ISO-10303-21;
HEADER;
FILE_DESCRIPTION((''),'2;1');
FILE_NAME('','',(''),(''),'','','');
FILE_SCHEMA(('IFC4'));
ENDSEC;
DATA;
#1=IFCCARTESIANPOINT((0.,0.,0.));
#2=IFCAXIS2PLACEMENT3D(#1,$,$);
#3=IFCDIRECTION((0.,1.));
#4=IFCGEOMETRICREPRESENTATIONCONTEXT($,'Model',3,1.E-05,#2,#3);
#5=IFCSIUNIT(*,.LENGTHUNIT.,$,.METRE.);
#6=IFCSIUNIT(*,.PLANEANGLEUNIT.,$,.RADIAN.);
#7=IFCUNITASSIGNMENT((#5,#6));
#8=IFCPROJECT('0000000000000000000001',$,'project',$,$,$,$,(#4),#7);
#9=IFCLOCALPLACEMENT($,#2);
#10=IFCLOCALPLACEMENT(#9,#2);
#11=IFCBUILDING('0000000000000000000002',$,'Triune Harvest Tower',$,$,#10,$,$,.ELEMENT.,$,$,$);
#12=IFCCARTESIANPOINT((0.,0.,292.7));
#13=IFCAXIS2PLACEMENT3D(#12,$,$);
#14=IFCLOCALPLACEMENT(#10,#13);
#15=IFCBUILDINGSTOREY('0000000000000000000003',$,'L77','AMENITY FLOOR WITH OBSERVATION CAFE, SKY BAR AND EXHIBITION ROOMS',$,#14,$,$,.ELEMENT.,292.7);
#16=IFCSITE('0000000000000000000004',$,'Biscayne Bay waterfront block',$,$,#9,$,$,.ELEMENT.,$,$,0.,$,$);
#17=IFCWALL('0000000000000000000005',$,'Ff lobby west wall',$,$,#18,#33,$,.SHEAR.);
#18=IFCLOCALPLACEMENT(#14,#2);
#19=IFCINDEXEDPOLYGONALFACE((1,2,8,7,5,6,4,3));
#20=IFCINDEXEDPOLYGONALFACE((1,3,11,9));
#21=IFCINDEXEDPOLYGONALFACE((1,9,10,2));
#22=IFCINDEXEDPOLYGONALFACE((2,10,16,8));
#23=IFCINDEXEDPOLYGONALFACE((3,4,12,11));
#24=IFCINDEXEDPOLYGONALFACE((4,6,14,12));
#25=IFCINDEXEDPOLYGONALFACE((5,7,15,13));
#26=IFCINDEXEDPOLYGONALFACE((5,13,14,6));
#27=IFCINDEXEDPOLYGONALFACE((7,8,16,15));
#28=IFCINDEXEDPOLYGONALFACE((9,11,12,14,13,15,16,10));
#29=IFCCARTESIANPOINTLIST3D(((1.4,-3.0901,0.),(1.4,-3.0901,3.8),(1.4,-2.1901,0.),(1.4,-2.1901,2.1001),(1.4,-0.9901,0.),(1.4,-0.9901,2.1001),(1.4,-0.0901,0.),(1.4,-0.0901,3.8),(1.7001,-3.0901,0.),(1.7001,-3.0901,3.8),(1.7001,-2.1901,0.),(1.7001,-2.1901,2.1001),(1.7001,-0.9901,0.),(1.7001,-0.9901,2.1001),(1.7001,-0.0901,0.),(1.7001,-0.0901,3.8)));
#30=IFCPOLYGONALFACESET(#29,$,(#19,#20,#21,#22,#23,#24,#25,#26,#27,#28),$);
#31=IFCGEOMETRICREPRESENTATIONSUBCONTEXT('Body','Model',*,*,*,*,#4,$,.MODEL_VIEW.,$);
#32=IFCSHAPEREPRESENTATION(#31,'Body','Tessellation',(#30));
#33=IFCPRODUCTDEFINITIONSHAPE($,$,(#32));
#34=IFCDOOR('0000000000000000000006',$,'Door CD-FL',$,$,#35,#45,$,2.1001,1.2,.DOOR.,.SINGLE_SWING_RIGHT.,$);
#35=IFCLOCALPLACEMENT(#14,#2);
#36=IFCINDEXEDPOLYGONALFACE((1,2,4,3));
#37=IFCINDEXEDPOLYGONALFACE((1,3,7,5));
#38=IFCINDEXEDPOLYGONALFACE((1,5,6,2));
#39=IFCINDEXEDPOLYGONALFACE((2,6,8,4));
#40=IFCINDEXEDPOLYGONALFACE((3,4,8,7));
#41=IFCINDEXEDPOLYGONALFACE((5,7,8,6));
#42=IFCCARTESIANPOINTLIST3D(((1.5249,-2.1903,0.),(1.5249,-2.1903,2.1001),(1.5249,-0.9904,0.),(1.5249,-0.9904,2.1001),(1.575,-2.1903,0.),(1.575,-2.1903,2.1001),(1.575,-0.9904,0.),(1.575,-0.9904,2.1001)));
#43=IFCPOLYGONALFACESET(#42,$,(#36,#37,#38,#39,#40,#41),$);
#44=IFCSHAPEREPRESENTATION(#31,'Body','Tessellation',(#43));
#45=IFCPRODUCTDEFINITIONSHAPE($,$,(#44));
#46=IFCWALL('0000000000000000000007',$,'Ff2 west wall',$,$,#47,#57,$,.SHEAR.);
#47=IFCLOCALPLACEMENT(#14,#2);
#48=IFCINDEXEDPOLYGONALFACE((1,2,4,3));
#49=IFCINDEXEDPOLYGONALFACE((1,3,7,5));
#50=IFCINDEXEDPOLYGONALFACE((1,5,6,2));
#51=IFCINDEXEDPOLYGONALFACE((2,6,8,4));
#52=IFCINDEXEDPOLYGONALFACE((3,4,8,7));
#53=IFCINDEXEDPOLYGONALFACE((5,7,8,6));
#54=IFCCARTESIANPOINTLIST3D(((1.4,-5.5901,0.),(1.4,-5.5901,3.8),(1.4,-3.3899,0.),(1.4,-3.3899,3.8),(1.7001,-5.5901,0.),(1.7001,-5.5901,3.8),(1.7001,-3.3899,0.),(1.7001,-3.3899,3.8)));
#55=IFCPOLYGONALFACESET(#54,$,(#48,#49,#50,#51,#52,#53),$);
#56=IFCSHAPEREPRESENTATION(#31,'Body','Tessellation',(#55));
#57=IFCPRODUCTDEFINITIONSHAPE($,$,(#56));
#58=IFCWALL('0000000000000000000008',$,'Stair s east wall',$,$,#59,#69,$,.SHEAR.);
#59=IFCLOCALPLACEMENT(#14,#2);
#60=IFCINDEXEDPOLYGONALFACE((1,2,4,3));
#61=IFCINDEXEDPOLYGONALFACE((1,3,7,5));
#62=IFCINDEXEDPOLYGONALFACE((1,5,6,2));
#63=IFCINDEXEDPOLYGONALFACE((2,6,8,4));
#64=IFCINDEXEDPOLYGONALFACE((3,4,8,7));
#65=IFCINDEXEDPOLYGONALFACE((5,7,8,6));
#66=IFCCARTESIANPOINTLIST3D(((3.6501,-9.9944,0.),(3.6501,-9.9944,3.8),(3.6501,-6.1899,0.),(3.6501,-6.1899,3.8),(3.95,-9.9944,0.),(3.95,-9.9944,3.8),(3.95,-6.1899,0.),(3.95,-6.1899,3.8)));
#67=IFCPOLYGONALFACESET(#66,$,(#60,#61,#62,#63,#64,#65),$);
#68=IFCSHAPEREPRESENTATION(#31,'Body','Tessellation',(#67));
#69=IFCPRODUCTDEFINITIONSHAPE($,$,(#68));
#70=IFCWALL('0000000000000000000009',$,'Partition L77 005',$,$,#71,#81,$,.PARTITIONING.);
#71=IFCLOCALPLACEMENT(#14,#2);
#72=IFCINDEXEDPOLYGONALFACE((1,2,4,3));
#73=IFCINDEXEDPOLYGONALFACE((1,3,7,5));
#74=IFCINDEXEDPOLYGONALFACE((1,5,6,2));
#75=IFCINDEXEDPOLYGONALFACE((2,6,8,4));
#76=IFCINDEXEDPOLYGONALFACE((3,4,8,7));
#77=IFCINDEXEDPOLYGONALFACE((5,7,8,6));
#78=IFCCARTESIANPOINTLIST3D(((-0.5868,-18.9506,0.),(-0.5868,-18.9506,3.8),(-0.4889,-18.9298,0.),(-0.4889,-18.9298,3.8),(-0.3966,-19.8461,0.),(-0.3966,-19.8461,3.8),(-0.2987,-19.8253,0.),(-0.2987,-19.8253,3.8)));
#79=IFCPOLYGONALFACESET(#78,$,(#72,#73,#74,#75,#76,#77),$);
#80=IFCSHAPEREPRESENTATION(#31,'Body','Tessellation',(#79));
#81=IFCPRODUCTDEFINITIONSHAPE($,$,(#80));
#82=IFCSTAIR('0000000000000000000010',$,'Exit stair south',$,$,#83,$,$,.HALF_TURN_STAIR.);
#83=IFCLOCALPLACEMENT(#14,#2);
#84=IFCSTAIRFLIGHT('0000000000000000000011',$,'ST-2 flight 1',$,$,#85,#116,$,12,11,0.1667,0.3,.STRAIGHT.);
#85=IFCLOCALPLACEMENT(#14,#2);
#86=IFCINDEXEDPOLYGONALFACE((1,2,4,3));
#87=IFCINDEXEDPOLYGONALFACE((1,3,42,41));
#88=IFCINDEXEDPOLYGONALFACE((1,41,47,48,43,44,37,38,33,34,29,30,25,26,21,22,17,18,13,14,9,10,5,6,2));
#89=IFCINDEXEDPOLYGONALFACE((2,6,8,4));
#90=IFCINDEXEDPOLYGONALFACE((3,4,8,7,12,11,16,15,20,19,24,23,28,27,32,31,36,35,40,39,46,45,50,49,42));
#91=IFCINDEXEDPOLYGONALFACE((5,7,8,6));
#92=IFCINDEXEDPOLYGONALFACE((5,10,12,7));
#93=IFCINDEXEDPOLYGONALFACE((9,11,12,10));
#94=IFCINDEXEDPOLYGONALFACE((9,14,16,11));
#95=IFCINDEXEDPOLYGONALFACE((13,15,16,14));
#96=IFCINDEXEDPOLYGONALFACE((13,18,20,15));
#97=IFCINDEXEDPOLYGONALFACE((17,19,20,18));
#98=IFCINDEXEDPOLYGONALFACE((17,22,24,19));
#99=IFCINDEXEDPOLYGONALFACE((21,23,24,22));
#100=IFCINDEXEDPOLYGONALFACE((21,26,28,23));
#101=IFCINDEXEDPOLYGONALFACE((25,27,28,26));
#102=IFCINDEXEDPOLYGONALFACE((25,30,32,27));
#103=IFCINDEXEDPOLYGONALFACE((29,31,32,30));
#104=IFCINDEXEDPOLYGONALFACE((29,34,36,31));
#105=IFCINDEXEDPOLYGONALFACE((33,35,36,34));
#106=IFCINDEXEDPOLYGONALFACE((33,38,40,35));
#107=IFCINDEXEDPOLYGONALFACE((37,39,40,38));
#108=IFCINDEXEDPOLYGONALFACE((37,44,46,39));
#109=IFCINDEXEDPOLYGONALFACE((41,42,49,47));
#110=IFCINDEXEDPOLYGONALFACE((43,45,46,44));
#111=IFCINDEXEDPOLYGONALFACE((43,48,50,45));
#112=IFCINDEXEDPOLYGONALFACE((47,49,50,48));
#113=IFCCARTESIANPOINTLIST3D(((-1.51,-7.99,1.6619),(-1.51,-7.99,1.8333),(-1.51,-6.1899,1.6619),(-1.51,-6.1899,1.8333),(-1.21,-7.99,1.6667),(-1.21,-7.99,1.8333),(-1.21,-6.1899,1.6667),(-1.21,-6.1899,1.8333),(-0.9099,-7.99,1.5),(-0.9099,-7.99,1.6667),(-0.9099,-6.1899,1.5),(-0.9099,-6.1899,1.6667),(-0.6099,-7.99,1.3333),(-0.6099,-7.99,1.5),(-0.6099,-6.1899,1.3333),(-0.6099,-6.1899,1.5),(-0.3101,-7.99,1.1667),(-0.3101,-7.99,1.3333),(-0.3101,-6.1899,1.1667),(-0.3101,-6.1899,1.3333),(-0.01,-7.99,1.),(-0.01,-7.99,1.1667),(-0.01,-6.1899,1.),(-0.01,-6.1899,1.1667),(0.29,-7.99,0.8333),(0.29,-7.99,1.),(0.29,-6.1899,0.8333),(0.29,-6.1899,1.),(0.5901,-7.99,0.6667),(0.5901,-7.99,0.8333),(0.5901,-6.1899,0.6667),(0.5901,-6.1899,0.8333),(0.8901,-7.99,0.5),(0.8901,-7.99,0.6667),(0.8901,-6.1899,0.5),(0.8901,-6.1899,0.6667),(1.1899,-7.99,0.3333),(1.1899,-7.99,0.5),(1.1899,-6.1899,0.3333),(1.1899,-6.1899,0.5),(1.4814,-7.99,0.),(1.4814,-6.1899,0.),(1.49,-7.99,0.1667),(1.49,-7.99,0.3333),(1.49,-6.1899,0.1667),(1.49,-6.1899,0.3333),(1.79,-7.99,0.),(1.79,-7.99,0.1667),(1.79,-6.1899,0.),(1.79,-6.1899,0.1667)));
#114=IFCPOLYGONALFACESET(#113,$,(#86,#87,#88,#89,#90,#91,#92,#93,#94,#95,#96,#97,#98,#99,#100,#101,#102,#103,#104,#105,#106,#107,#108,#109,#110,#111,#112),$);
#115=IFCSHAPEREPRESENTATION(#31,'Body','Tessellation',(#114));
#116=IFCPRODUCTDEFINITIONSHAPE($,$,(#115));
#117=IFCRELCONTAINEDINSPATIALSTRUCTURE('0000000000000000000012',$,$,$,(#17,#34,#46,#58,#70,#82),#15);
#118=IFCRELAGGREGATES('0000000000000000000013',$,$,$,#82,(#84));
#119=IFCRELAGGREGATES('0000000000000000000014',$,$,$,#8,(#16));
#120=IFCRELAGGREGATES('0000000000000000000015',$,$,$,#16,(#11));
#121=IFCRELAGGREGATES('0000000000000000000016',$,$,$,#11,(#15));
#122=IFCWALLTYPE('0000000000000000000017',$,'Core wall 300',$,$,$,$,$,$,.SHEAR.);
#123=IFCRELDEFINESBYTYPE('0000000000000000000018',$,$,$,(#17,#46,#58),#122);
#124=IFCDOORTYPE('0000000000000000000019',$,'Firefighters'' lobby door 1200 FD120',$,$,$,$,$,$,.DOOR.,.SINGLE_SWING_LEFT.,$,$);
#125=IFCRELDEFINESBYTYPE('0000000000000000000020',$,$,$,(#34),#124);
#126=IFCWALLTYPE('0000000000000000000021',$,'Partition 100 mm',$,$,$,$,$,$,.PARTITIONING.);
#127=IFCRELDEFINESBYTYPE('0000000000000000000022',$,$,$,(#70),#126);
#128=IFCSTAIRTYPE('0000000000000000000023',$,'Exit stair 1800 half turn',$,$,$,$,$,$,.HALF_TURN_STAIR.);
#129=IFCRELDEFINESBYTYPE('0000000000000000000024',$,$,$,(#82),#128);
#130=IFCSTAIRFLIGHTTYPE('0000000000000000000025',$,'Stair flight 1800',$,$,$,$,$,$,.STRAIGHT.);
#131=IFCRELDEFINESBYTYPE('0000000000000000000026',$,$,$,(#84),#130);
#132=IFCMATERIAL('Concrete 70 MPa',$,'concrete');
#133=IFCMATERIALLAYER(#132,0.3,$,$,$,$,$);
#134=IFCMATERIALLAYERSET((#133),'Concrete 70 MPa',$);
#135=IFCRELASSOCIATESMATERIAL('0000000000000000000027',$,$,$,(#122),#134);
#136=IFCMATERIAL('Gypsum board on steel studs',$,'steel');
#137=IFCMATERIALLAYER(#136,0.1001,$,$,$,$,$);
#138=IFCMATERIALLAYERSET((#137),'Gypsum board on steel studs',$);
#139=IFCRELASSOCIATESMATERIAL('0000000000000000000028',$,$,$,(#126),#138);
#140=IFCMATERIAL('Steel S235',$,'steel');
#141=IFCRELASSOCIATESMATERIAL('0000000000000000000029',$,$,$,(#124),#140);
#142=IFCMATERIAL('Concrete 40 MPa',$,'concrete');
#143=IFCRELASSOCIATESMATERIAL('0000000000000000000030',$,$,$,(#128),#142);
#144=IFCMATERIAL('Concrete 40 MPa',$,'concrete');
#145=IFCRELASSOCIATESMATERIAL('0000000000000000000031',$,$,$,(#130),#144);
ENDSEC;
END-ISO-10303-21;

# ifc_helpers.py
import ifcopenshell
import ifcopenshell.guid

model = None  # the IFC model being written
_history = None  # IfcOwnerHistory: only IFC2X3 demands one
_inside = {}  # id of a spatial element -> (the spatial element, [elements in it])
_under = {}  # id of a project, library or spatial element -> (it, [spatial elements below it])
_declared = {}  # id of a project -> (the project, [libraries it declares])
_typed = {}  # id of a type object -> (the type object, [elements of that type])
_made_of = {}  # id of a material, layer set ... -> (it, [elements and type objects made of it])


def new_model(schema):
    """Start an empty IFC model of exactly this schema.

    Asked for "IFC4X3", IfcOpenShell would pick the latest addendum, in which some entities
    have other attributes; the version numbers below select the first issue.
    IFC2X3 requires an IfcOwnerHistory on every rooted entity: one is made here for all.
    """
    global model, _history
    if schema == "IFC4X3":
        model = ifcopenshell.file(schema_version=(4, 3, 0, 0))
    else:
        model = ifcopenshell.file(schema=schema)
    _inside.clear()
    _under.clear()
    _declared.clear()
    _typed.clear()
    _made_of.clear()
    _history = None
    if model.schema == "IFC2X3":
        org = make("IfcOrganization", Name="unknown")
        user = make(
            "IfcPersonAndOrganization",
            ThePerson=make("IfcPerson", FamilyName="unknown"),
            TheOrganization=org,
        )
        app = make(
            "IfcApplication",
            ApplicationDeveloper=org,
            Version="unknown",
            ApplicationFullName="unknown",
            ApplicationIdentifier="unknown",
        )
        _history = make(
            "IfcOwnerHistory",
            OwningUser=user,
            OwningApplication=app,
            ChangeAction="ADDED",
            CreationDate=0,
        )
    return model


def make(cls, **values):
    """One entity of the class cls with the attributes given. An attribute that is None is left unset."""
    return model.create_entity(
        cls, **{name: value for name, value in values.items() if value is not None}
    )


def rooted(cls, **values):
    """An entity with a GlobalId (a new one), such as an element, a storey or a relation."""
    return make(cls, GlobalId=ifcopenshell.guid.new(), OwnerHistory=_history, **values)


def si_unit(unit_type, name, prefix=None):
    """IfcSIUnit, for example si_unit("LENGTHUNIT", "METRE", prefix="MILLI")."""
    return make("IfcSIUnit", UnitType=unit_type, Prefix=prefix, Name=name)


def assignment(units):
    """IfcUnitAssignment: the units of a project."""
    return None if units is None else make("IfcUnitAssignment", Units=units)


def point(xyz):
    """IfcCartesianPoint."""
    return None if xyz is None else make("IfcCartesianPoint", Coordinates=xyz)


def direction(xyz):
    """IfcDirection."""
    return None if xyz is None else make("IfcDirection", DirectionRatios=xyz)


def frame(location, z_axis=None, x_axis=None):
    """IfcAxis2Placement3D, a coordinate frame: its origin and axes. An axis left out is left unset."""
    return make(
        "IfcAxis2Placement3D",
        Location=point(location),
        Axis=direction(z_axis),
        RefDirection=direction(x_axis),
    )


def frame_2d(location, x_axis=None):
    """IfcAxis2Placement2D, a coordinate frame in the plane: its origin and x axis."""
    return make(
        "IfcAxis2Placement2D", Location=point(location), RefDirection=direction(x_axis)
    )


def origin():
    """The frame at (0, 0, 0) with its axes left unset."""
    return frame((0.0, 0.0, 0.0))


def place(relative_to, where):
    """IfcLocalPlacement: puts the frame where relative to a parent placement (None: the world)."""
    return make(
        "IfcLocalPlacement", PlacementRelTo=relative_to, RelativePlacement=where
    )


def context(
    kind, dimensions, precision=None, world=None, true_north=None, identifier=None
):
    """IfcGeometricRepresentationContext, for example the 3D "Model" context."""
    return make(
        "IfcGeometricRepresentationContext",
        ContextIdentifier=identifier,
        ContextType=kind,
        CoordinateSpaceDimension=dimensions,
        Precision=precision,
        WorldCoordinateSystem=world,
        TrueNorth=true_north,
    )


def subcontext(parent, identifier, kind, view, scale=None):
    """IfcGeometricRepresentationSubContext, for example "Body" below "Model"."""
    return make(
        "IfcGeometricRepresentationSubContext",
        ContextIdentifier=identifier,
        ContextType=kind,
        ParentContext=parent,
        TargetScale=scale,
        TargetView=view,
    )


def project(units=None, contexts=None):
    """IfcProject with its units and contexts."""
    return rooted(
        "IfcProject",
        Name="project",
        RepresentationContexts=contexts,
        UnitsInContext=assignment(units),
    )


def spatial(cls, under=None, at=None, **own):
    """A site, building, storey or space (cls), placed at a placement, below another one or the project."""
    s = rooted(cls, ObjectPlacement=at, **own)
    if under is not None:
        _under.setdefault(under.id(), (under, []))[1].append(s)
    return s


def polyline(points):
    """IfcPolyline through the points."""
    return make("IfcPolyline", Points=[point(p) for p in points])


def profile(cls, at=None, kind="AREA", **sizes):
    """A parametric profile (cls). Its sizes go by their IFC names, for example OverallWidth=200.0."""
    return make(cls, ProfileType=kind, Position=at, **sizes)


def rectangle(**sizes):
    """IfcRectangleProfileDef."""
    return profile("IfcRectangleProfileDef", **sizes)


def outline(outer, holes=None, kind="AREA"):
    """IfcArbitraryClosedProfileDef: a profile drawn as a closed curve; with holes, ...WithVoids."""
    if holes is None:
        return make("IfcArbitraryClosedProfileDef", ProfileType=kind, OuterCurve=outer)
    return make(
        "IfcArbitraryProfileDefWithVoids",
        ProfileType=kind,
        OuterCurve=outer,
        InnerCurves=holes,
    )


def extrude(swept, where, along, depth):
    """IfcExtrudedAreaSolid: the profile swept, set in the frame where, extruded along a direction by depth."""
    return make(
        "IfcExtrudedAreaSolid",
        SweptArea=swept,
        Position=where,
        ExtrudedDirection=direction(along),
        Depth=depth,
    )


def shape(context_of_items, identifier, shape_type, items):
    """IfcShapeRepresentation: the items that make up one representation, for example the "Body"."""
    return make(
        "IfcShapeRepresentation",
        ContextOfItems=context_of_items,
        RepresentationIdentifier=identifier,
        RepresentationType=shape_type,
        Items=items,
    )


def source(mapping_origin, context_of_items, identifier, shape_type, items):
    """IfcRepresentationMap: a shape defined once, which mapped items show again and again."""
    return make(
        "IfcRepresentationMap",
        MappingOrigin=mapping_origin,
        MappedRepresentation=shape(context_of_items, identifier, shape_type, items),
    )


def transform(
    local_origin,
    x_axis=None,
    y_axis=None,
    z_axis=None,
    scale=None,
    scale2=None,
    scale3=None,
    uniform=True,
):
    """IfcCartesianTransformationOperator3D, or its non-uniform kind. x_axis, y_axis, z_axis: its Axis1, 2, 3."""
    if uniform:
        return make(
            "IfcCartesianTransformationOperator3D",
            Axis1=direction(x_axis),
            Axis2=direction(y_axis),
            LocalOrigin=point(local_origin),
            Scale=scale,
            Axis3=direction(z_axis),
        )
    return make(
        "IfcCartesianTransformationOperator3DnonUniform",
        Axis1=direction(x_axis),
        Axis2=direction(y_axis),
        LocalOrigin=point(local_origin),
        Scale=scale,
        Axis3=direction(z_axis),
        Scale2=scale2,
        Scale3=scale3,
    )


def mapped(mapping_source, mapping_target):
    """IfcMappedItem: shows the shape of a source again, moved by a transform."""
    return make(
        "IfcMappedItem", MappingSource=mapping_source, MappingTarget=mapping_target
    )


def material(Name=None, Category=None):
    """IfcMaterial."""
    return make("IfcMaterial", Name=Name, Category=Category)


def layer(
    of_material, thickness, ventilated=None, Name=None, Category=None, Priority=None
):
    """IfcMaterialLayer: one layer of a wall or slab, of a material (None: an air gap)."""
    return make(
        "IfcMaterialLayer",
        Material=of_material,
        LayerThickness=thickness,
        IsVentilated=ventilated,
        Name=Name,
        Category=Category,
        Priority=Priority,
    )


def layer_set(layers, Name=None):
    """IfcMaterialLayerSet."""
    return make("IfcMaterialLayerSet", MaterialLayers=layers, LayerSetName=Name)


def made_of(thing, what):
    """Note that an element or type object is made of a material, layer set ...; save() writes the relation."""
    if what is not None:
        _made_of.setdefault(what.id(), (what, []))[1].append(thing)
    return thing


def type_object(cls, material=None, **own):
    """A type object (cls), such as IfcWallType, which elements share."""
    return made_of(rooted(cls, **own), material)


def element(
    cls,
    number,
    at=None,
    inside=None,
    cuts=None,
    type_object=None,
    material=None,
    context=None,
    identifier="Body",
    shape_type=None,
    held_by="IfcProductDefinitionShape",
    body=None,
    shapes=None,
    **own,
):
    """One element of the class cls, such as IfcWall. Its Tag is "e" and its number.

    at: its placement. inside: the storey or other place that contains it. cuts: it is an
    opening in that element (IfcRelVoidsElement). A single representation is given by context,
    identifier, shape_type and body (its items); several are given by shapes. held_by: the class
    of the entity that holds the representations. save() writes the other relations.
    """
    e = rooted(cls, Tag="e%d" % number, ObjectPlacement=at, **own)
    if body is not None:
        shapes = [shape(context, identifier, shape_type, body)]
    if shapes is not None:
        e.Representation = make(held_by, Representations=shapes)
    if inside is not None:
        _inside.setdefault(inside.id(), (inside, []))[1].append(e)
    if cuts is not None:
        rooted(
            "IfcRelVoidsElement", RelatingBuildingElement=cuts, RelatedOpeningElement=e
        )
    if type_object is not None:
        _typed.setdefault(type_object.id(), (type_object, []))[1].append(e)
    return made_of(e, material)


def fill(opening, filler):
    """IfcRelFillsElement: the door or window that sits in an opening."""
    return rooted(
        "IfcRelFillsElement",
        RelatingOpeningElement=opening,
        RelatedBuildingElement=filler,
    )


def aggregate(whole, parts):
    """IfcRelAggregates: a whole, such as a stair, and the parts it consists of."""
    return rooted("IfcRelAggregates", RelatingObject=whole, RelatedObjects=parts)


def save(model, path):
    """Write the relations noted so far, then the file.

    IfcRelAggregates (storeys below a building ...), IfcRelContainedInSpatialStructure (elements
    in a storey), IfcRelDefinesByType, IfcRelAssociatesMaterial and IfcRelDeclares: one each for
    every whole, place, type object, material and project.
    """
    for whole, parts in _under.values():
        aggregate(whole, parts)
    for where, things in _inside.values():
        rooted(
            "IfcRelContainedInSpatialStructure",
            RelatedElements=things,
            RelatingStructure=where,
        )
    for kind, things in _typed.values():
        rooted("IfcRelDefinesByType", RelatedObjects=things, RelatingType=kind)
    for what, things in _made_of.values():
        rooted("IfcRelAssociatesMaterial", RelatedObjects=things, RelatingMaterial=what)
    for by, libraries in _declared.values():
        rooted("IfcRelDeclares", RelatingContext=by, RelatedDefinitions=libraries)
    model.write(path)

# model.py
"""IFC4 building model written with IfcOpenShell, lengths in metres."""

from ifc_helpers import new_model, si_unit, direction, frame, frame_2d, origin, place, context, subcontext, project, spatial, polyline, rectangle, outline, extrude, source, transform, mapped, material, layer, layer_set, type_object, element, fill, aggregate, save


model = new_model("IFC4")

# Units and contexts
model_context = context("Model", 3, precision=1e-05, world=origin(), true_north=direction((0.0, 1.0)))
body_context = subcontext(model_context, "Body", "Model", "MODEL_VIEW")
ifc_project = project(units=[si_unit("LENGTHUNIT", "METRE"), si_unit("PLANEANGLEUNIT", "RADIAN")], contexts=[model_context])

# Site, building, storey
site_placement = place(None, origin())
site = spatial("IfcSite", under=ifc_project, at=site_placement, Name="Biscayne Bay waterfront block", CompositionType="ELEMENT", RefElevation=0.0)
building_placement = place(site_placement, origin())
building = spatial("IfcBuilding", under=site, at=building_placement, Name="Triune Harvest Tower", CompositionType="ELEMENT")
storey_placement = place(building_placement, frame((0.0, 0.0, 292.7)))
storey = spatial("IfcBuildingStorey", under=building, at=storey_placement, Name="L77", Description="AMENITY FLOOR WITH OBSERVATION CAFE, SKY BAR AND EXHIBITION ROOMS", CompositionType="ELEMENT", Elevation=292.7)

# Shared definitions
ifc_material_1 = material(Name="Concrete 70 MPa", Category="concrete")
ifc_layer_1 = layer(ifc_material_1, 0.3)
ifc_layer_set_1 = layer_set([ifc_layer_1], Name="Concrete 70 MPa")
wall_type_1 = type_object("IfcWallType", Name="Core wall 300", PredefinedType="SHEAR", material=ifc_layer_set_1)

# Shared definitions
ifc_material_2 = material(Name="Gypsum board on steel studs", Category="steel")
ifc_layer_2 = layer(ifc_material_2, 0.1001)
ifc_layer_set_2 = layer_set([ifc_layer_2], Name="Gypsum board on steel studs")
wall_type_2 = type_object("IfcWallType", Name="Partition 100 mm", PredefinedType="PARTITIONING", material=ifc_layer_set_2)

# Wall, opening, door
shared_shape_1 = source(origin(), body_context, "Body", "SweptSolid", [
    extrude(rectangle(XDim=3.0, YDim=0.3, at=frame_2d((1.5, 0.0))), origin(), (0.0, 0.0, 1.0), 3.8),
])
wall_1_placement = place(storey_placement, frame((1.55, -3.0901, 0.0), z_axis=(0.0, 0.0, 1.0), x_axis=(0.0, 1.0, 0.0)))
wall_1 = element("IfcWall", 1, at=wall_1_placement, inside=storey, type_object=wall_type_1, Name="Ff lobby west wall", PredefinedType="SHEAR", context=body_context, shape_type="MappedRepresentation", body=[
    mapped(shared_shape_1, transform((0.0, 0.0, 0.0), scale=1.0)),
])
opening_1_placement = place(wall_1_placement, frame((0.8999, 0.0, 0.0)))
opening_1 = element("IfcOpeningElement", 2, at=opening_1_placement, cuts=wall_1, PredefinedType="OPENING", context=body_context, shape_type="SweptSolid", body=[
    extrude(rectangle(XDim=1.2, YDim=2.1001, at=frame_2d((0.6001, 1.05))), frame((0.0, 0.1602, 0.0), z_axis=(0.0, -1.0, 0.0), x_axis=(1.0, 0.0, 0.0)), (0.0, 0.0, 1.0), 0.3201),
])
ifc_material_3 = material(Name="Steel S235", Category="steel")
door_type_1 = type_object("IfcDoorType", Name="Firefighters' lobby door 1200 FD120", OperationType="SINGLE_SWING_LEFT", PredefinedType="DOOR", material=ifc_material_3)
door_1_placement = place(opening_1_placement, frame((1.2, 0.0, 0.0), z_axis=(0.0, 0.0, 1.0), x_axis=(-1.0, 0.0, 0.0)))
door_1 = element("IfcDoor", 3, at=door_1_placement, inside=storey, type_object=door_type_1, Name="Door CD-FL", OperationType="SINGLE_SWING_RIGHT", OverallHeight=2.1001, OverallWidth=1.2, PredefinedType="DOOR", context=body_context, shape_type="SweptSolid", body=[
    extrude(rectangle(XDim=1.2, YDim=2.1001, at=frame_2d((0.6001, 1.05))), frame((0.0, 0.0249, 0.0), z_axis=(0.0, -1.0, 0.0), x_axis=(1.0, 0.0, 0.0)), (0.0, 0.0, 1.0), 0.05),
])
fill(opening_1, door_1)

# Walls
shared_shape_2 = source(origin(), body_context, "Body", "SweptSolid", [
    extrude(rectangle(XDim=2.2002, YDim=0.3, at=frame_2d((1.1001, 0.0))), origin(), (0.0, 0.0, 1.0), 3.8),
])
wall_2_placement = place(storey_placement, frame((1.55, -5.5901, 0.0), z_axis=(0.0, 0.0, 1.0), x_axis=(0.0, 1.0, 0.0)))
element("IfcWall", 4, at=wall_2_placement, inside=storey, type_object=wall_type_1, Name="Ff2 west wall", PredefinedType="SHEAR", context=body_context, shape_type="MappedRepresentation", body=[
    mapped(shared_shape_2, transform((0.0, 0.0, 0.0), scale=1.0)),
])
shared_shape_3 = source(origin(), body_context, "Body", "SweptSolid", [
    extrude(outline(polyline([(3.8, -0.1499), (-0.0044, -0.1499), (-0.0044, 0.1499), (3.8, 0.1499), (3.8, -0.1499)])), origin(), (0.0, 0.0, 1.0), 3.8),
])
wall_3_placement = place(storey_placement, frame((3.8, -9.99, 0.0), z_axis=(0.0, 0.0, 1.0), x_axis=(0.0, 1.0, 0.0)))
element("IfcWall", 5, at=wall_3_placement, inside=storey, type_object=wall_type_1, Name="Stair s east wall", PredefinedType="SHEAR", context=body_context, shape_type="MappedRepresentation", body=[
    mapped(shared_shape_3, transform((0.0, 0.0, 0.0), scale=1.0)),
])
shared_shape_4 = source(origin(), body_context, "Body", "SweptSolid", [
    extrude(rectangle(XDim=0.9155, YDim=0.1001, at=frame_2d((0.4578, 0.0))), origin(), (0.0, 0.0, 1.0), 3.8),
])
wall_4_placement = place(storey_placement, frame((-0.5378, -18.9402, 0.0), z_axis=(0.0, 0.0, 1.0), x_axis=(0.207744, -0.978183, 0.0)))
element("IfcWall", 6, at=wall_4_placement, inside=storey, type_object=wall_type_2, Name="Partition L77 005", PredefinedType="PARTITIONING", context=body_context, shape_type="MappedRepresentation", body=[
    mapped(shared_shape_4, transform((0.0, 0.0, 0.0), scale=1.0)),
])

# Stair, stair flight
ifc_material_4 = material(Name="Concrete 40 MPa", Category="concrete")
stair_type = type_object("IfcStairType", Name="Exit stair 1800 half turn", PredefinedType="HALF_TURN_STAIR", material=ifc_material_4)
stair_placement = place(storey_placement, origin())
stair = element("IfcStair", 7, at=stair_placement, inside=storey, type_object=stair_type, Name="Exit stair south", PredefinedType="HALF_TURN_STAIR")
ifc_material_5 = material(Name="Concrete 40 MPa", Category="concrete")
stair_flight_type = type_object("IfcStairFlightType", Name="Stair flight 1800", PredefinedType="STRAIGHT", material=ifc_material_5)
shared_shape_5 = source(origin(), body_context, "Body", "SweptSolid", [
    extrude(outline(polyline([(0.0, 0.0), (0.0, 0.1667), (0.3, 0.1667), (0.3, 0.3333), (0.6001, 0.3333), (0.6001, 0.5), (0.8999, 0.5), (0.8999, 0.6667), (1.2, 0.6667), (1.2, 0.8333), (1.5, 0.8333), (1.5, 1.0), (1.8, 1.0), (1.8, 1.1667), (2.1001, 1.1667), (2.1001, 1.3333), (2.3999, 1.3333), (2.3999, 1.5), (2.7, 1.5), (2.7, 1.6667), (3.0, 1.6667), (3.0, 1.8333), (3.3, 1.8333), (3.3, 2.0), (3.3, 1.6619), (0.3086, 0.0), (0.0, 0.0)])), frame((0.0, 0.8999, 0.0), z_axis=(0.0, -1.0, 0.0), x_axis=(1.0, 0.0, 0.0)), (0.0, 0.0, 1.0), 1.8),
])
stair_flight_placement = place(storey_placement, frame((1.79, -7.0901, 0.0), z_axis=(0.0, 0.0, 1.0), x_axis=(-1.0, 0.0, 0.0)))
stair_flight = element("IfcStairFlight", 8, at=stair_flight_placement, type_object=stair_flight_type, Name="ST-2 flight 1", NumberOfRisers=12, NumberOfTreads=11, PredefinedType="STRAIGHT", RiserHeight=0.1667, TreadLength=0.3, context=body_context, shape_type="MappedRepresentation", body=[
    mapped(shared_shape_5, transform((0.0, 0.0, 0.0), scale=1.0)),
])
aggregate(stair, [stair_flight])

save(model, "model.ifc")
